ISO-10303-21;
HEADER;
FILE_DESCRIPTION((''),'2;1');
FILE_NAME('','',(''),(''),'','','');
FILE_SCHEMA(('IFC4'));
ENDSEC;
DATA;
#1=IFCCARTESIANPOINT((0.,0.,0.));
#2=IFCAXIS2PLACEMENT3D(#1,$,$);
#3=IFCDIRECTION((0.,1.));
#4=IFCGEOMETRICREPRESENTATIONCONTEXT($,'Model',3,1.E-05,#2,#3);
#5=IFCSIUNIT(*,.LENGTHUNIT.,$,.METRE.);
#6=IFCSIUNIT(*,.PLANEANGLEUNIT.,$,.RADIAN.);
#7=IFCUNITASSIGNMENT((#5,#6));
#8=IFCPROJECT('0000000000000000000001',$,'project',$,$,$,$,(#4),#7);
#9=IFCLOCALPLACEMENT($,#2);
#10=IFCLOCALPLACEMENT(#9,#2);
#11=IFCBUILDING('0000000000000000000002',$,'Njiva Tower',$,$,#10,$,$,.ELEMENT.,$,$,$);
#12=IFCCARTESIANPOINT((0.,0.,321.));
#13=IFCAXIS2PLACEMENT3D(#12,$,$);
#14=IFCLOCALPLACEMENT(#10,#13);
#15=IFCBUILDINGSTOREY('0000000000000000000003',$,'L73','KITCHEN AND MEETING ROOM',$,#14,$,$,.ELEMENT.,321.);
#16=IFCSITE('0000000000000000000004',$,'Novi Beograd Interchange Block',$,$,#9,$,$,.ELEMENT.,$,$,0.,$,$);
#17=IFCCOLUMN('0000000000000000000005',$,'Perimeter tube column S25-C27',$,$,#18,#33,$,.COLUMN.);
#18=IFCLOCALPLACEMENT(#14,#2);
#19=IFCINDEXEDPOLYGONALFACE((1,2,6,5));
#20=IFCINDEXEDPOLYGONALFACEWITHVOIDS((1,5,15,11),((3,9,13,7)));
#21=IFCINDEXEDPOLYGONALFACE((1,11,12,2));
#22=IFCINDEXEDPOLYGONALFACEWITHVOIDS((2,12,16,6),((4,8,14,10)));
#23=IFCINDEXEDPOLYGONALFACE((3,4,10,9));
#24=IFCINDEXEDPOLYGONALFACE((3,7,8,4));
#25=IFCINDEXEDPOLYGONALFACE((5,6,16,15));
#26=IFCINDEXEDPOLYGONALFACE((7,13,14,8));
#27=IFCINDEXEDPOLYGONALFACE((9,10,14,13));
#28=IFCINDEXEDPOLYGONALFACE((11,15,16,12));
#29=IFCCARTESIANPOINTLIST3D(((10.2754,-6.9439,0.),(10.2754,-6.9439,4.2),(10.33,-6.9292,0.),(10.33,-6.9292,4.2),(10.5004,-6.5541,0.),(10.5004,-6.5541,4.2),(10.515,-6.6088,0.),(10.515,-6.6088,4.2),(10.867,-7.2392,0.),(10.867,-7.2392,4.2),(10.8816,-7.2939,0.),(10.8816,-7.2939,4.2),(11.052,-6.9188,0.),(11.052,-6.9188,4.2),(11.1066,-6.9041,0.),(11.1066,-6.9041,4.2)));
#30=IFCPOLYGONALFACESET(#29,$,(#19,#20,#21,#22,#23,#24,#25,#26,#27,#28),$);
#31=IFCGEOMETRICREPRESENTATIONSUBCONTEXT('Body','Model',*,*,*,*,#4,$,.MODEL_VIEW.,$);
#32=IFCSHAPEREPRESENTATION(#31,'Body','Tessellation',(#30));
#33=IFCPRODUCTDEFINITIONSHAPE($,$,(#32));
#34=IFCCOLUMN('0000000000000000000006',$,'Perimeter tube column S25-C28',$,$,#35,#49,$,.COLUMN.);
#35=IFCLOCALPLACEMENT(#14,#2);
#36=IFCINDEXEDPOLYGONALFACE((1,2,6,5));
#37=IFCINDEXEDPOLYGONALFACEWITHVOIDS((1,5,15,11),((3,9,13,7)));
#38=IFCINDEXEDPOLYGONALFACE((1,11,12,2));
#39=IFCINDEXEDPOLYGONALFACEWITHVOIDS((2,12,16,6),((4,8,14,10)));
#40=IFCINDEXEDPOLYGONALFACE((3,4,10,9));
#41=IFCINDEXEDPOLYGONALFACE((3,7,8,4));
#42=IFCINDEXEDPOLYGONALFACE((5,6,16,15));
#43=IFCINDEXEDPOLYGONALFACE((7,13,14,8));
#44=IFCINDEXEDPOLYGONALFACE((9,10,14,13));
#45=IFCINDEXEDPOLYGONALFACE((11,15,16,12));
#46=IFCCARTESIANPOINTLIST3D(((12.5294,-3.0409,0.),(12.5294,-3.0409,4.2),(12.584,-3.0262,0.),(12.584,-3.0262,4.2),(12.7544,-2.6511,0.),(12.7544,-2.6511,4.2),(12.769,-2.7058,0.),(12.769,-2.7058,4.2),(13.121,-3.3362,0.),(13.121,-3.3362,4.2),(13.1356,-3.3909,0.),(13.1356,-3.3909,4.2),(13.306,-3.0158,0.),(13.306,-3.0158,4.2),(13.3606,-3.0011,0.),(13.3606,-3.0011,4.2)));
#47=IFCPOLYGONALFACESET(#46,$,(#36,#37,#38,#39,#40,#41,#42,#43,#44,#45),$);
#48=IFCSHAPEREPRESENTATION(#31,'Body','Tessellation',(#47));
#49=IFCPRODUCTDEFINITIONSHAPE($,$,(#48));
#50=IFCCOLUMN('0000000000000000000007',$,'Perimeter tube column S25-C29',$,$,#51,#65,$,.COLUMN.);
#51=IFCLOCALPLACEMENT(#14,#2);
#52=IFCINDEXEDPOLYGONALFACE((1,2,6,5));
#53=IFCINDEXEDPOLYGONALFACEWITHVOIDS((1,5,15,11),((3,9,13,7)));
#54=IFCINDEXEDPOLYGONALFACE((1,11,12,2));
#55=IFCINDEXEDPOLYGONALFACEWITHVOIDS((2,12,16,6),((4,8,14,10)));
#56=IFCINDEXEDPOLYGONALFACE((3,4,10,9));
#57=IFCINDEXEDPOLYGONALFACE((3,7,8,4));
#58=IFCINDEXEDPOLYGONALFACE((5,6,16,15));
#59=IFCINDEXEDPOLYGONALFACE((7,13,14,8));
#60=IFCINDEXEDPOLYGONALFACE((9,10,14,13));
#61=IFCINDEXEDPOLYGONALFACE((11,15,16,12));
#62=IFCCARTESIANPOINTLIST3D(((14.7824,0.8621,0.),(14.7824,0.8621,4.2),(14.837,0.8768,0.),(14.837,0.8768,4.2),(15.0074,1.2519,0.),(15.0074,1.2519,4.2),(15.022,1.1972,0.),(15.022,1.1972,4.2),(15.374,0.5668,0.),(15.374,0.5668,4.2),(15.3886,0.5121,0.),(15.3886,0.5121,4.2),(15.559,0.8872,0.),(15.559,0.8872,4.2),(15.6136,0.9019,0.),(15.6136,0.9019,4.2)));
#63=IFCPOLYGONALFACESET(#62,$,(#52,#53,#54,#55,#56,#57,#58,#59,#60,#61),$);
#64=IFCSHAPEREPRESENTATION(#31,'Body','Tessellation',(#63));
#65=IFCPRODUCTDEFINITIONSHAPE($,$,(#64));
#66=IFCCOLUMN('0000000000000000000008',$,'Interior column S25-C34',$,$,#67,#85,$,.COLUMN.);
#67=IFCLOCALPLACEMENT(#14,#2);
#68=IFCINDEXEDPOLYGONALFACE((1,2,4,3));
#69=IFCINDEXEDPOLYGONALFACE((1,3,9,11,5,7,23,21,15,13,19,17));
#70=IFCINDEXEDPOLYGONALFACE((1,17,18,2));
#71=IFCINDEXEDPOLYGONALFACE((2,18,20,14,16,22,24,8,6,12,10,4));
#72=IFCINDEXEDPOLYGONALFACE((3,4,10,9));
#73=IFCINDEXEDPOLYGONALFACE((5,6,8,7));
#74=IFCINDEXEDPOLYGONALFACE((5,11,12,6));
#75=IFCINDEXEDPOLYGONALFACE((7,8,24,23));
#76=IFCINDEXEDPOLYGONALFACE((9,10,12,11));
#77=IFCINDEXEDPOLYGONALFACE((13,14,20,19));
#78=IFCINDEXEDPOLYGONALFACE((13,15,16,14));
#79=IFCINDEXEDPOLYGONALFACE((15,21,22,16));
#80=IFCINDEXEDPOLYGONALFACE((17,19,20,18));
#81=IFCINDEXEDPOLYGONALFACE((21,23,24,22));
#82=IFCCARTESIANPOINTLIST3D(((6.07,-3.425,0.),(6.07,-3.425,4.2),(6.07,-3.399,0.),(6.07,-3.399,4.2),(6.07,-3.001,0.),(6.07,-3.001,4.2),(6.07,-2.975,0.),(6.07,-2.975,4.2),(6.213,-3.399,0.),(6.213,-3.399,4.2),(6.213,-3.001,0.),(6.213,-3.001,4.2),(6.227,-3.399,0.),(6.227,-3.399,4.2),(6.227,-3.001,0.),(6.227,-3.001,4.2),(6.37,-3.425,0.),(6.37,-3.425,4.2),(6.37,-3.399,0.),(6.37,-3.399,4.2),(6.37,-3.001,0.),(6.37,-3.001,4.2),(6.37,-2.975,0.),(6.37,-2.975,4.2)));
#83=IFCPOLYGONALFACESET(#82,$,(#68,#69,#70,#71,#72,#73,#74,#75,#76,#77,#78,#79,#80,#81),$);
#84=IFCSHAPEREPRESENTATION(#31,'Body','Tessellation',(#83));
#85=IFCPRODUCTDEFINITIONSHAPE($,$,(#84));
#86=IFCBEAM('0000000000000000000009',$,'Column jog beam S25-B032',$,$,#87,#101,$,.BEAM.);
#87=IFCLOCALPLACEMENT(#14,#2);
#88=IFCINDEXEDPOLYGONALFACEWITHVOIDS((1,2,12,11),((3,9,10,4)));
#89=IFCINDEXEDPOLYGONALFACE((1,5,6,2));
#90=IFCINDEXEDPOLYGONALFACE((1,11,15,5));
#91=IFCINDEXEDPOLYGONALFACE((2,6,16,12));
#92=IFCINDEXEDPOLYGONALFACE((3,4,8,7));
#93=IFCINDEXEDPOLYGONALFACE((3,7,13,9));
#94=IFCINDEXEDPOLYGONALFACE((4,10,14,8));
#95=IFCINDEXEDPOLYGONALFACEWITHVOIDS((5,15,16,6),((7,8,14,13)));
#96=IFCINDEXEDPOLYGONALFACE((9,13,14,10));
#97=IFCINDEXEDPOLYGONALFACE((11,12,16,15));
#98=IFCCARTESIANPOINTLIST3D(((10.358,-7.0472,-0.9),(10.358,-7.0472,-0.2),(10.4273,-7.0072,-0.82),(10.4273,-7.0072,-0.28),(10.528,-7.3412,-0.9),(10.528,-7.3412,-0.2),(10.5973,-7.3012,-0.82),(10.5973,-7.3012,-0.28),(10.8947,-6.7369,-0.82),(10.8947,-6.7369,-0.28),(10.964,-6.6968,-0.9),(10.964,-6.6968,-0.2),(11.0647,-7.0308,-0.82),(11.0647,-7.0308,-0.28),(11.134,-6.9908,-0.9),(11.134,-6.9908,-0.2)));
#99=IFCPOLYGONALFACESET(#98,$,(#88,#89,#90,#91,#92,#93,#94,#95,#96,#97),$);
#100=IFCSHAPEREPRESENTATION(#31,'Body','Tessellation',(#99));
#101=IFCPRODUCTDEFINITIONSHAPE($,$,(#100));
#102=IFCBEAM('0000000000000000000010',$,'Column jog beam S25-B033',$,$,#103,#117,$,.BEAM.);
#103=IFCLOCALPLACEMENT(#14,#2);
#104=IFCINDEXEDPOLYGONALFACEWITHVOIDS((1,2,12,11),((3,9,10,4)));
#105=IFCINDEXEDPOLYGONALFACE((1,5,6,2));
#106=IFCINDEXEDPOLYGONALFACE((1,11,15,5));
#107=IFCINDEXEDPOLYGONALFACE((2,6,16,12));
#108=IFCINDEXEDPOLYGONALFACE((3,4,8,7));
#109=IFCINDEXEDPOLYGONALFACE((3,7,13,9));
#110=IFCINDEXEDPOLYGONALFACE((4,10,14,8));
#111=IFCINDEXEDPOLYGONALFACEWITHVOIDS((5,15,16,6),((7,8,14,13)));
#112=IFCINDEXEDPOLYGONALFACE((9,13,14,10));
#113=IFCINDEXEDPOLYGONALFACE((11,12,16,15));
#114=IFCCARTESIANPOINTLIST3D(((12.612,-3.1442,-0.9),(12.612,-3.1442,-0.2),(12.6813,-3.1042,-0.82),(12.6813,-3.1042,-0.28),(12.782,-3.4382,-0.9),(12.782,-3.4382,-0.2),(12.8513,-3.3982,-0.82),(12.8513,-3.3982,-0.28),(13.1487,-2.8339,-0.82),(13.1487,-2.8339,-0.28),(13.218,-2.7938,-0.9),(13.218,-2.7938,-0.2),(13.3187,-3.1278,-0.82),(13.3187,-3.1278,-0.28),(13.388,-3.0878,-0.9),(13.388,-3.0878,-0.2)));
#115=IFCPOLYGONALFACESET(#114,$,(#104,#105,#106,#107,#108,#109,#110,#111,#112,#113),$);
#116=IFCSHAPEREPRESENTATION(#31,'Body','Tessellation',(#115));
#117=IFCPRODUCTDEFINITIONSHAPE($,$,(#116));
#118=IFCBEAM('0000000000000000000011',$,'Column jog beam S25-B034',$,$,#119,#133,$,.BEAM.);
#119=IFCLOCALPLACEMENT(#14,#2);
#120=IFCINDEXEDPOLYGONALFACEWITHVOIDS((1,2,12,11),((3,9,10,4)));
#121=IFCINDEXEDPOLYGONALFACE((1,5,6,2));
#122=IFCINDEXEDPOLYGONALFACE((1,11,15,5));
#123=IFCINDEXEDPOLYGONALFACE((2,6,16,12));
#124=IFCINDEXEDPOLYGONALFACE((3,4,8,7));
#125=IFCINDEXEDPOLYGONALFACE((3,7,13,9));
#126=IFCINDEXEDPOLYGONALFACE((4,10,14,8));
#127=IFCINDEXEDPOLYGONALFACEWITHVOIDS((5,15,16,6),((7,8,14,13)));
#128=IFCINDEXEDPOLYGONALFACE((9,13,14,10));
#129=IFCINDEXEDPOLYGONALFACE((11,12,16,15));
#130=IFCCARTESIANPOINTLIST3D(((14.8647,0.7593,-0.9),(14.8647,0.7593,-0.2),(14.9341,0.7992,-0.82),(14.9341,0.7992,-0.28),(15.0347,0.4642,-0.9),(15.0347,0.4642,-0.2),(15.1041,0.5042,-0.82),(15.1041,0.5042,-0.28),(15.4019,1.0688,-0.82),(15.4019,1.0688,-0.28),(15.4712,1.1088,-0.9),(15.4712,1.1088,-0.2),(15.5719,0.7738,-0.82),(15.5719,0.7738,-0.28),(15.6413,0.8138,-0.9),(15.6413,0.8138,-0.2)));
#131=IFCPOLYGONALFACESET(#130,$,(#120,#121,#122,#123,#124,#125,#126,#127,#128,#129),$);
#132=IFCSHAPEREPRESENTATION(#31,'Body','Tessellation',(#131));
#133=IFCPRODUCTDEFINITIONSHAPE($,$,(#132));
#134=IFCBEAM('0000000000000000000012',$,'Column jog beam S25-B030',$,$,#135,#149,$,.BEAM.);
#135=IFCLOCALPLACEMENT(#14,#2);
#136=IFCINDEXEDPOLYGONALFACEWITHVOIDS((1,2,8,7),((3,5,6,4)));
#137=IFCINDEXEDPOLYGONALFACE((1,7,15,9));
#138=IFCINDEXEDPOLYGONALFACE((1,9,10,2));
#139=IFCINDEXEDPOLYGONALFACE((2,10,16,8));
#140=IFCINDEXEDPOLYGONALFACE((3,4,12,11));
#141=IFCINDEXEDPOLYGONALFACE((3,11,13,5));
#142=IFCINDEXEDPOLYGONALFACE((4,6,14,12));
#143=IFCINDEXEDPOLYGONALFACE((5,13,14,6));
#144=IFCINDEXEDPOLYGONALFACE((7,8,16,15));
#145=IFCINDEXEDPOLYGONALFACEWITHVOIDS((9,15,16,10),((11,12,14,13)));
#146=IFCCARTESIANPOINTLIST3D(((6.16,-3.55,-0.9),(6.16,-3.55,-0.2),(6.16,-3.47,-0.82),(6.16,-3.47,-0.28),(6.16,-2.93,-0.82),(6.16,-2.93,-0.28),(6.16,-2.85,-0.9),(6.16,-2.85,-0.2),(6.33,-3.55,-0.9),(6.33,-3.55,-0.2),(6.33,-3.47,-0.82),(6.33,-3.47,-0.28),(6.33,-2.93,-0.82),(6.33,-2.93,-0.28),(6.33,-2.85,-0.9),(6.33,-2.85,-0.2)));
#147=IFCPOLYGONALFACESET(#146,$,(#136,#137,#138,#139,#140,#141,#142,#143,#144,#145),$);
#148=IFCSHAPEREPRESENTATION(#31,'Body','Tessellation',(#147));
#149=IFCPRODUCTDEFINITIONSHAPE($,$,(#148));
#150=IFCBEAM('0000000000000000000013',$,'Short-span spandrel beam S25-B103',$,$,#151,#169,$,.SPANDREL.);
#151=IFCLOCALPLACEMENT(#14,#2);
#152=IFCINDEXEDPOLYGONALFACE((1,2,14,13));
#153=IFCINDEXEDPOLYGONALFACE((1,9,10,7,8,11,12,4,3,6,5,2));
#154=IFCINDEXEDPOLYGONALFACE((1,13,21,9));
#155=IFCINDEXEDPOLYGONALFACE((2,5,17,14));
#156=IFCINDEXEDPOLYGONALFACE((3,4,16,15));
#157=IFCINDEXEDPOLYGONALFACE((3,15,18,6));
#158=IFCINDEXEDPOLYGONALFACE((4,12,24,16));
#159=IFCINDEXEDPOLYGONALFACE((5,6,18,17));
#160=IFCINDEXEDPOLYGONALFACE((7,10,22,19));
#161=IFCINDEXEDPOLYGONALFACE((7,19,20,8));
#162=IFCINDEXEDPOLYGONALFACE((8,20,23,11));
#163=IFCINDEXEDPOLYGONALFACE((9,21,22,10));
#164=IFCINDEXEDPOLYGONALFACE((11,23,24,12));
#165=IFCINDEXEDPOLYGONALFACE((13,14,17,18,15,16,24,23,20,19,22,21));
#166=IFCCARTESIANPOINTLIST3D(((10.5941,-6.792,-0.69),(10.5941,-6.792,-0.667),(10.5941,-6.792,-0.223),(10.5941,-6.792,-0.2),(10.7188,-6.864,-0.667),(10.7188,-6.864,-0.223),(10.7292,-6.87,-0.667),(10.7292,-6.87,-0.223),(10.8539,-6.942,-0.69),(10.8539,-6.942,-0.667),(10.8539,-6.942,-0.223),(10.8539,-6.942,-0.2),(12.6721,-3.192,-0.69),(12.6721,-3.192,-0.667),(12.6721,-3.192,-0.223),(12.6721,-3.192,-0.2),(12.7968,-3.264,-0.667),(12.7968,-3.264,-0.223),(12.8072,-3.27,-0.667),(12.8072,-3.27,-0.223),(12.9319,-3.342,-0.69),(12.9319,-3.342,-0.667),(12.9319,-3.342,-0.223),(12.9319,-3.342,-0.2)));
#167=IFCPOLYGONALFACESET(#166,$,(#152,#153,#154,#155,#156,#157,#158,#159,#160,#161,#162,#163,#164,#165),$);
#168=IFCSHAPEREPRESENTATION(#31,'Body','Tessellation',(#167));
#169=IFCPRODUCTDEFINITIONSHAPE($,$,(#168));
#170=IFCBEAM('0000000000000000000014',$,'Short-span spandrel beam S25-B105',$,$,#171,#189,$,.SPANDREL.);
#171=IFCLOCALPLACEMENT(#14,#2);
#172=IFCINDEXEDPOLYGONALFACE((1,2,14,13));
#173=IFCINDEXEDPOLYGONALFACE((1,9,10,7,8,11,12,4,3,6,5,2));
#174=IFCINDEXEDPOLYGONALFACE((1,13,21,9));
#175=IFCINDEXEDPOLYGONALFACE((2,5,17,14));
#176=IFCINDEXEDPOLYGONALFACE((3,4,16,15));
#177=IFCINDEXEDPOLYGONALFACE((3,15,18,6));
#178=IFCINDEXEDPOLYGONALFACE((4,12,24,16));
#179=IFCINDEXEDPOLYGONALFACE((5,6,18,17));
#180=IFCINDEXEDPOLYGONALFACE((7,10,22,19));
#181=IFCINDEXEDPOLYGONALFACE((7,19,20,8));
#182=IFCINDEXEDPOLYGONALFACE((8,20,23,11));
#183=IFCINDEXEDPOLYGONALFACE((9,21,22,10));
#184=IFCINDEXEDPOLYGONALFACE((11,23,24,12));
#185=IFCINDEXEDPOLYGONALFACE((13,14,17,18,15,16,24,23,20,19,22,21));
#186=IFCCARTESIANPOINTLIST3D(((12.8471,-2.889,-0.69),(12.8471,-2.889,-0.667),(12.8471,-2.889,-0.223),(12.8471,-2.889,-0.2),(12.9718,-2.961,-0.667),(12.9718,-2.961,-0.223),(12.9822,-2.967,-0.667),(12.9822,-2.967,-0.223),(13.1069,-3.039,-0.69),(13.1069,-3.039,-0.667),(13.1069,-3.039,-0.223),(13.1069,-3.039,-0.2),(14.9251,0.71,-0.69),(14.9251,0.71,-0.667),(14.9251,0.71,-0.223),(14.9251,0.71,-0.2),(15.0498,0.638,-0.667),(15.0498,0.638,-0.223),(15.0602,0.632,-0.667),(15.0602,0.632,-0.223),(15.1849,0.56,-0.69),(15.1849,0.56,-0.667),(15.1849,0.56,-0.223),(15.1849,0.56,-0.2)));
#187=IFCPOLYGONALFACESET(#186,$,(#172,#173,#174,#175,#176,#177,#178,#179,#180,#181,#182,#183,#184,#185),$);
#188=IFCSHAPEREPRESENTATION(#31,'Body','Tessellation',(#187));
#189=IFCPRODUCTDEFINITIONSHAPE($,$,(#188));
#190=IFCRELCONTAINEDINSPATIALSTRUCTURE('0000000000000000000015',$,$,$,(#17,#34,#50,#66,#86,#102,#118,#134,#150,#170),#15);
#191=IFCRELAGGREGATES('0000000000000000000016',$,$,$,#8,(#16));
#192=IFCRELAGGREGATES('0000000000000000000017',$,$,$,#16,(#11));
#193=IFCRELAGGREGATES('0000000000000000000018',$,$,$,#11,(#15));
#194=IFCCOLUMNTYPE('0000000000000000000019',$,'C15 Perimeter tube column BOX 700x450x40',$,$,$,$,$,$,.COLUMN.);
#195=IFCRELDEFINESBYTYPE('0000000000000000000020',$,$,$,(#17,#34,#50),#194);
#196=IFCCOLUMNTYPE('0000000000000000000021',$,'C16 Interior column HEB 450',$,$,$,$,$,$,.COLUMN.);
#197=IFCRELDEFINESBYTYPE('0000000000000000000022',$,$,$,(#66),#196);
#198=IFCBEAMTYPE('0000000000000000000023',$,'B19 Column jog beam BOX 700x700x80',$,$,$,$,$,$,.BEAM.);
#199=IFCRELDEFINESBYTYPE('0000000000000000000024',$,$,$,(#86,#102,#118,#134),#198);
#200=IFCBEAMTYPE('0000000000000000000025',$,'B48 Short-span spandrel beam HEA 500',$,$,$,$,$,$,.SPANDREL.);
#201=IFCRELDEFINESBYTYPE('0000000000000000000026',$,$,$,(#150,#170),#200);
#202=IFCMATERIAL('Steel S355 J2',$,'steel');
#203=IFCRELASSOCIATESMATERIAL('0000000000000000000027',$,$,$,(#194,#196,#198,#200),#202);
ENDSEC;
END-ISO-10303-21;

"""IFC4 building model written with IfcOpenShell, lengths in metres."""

from ifc_helpers import new_model, si_unit, direction, frame, origin, origin_2d, place, context, subcontext, project, spatial, hollow_rectangle, i_section, extrude, material, material_profile, profile_set, type_object, element, save


model = new_model("IFC4")

# Units and contexts
model_context = context("Model", 3, precision=1e-05, world=origin(), true_north=direction((0.0, 1.0)))
body_context = subcontext(model_context, "Body", "Model", "MODEL_VIEW")
ifc_project = project(units=[si_unit("LENGTHUNIT", "METRE"), si_unit("PLANEANGLEUNIT", "RADIAN")], contexts=[model_context])

# Site, building, storey
site_placement = place(None, origin())
site = spatial("IfcSite", under=ifc_project, at=site_placement, Name="Novi Beograd Interchange Block", CompositionType="ELEMENT", RefElevation=0.0)
building_placement = place(site_placement, origin())
building = spatial("IfcBuilding", under=site, at=building_placement, Name="Njiva Tower", CompositionType="ELEMENT")
storey_placement = place(building_placement, frame((0.0, 0.0, 321.0)))
storey = spatial("IfcBuildingStorey", under=building, at=storey_placement, Name="L73", Description="KITCHEN AND MEETING ROOM", CompositionType="ELEMENT", Elevation=321.0)

# Columns
ifc_material_1 = material(Name="Steel S355 J2", Category="steel")
ifc_material_profile_1 = material_profile(ifc_material_1, hollow_rectangle(XDim=0.45, YDim=0.7, WallThickness=0.04, at=origin_2d()), Name="BOX 700x450x40")
ifc_profile_set_1 = profile_set([ifc_material_profile_1], Name="Steel S355 J2")
column_type_1 = type_object("IfcColumnType", Name="C15 Perimeter tube column BOX 700x450x40", PredefinedType="COLUMN", material=ifc_profile_set_1)
for number, where, z_axis, x_axis, name in (
    (1, (10.691, -6.924, 0.0), (0.0, 0.0, 1.0), (0.5, 0.866025, 0.0), "Perimeter tube column S25-C27"),
    (2, (12.945, -3.021, 0.0), (0.0, 0.0, 1.0), (0.5, 0.866025, 0.0), "Perimeter tube column S25-C28"),
    (3, (15.198, 0.882, 0.0), (0.0, 0.0, 1.0), (0.5, 0.866025, 0.0), "Perimeter tube column S25-C29"),
):
    element("IfcColumn", number, at=place(storey_placement, frame(where, z_axis=z_axis, x_axis=x_axis)), inside=storey, type_object=column_type_1, Name=name, PredefinedType="COLUMN", context=body_context, shape_type="SweptSolid", body=[
        extrude(hollow_rectangle(XDim=0.45, YDim=0.7, WallThickness=0.04, at=origin_2d()), origin(), (0.0, 0.0, 1.0), 4.2),
    ])
ifc_material_profile_2 = material_profile(ifc_material_1, i_section(OverallWidth=0.3, OverallDepth=0.45, WebThickness=0.014, FlangeThickness=0.026, at=origin_2d()), Name="HEB 450")
ifc_profile_set_2 = profile_set([ifc_material_profile_2], Name="Steel S355 J2")
column_type_2 = type_object("IfcColumnType", Name="C16 Interior column HEB 450", PredefinedType="COLUMN", material=ifc_profile_set_2)
column_placement = place(storey_placement, frame((6.22, -3.2, 0.0), z_axis=(0.0, 0.0, 1.0), x_axis=(1.0, 0.0, 0.0)))
element("IfcColumn", 4, at=column_placement, inside=storey, type_object=column_type_2, Name="Interior column S25-C34", PredefinedType="COLUMN", context=body_context, shape_type="SweptSolid", body=[
    extrude(i_section(OverallWidth=0.3, OverallDepth=0.45, WebThickness=0.014, FlangeThickness=0.026, at=origin_2d()), origin(), (0.0, 0.0, 1.0), 4.2),
])

# Beams
ifc_material_profile_3 = material_profile(ifc_material_1, hollow_rectangle(XDim=0.7, YDim=0.7, WallThickness=0.08, at=origin_2d()), Name="BOX 700x700x80")
ifc_profile_set_3 = profile_set([ifc_material_profile_3], Name="Steel S355 J2")
beam_type_1 = type_object("IfcBeamType", Name="B19 Column jog beam BOX 700x700x80", PredefinedType="BEAM", material=ifc_profile_set_3)
for number, where, z_axis, x_axis, name in (
    (5, (10.831, -7.166, -0.55), (-0.500572, 0.865695, 0.0), (-0.865695, -0.500572, 0.0), "Column jog beam S25-B032"),
    (6, (13.085, -3.263, -0.55), (-0.500572, 0.865695, 0.0), (-0.865695, -0.500572, 0.0), "Column jog beam S25-B033"),
):
    element("IfcBeam", number, at=place(storey_placement, frame(where, z_axis=z_axis, x_axis=x_axis)), inside=storey, type_object=beam_type_1, Name=name, PredefinedType="BEAM", context=body_context, shape_type="SweptSolid", body=[
        extrude(hollow_rectangle(XDim=0.7, YDim=0.7, WallThickness=0.08, at=origin_2d()), origin(), (0.0, 0.0, 1.0), 0.3396),
    ])
beam_1_placement = place(storey_placement, frame((15.338, 0.639, -0.55), z_axis=(-0.499299, 0.86643, 0.0), x_axis=(-0.86643, -0.499299, 0.0)))
element("IfcBeam", 7, at=beam_1_placement, inside=storey, type_object=beam_type_1, Name="Column jog beam S25-B034", PredefinedType="BEAM", context=body_context, shape_type="SweptSolid", body=[
    extrude(hollow_rectangle(XDim=0.7, YDim=0.7, WallThickness=0.08, at=origin_2d()), origin(), (0.0, 0.0, 1.0), 0.3405),
])
beam_2_placement = place(storey_placement, frame((6.33, -3.2, -0.55), z_axis=(-1.0, 0.0, 0.0), x_axis=(0.0, -1.0, 0.0)))
element("IfcBeam", 8, at=beam_2_placement, inside=storey, type_object=beam_type_1, Name="Column jog beam S25-B030", PredefinedType="BEAM", context=body_context, shape_type="SweptSolid", body=[
    extrude(hollow_rectangle(XDim=0.7, YDim=0.7, WallThickness=0.08, at=origin_2d()), origin(), (0.0, 0.0, 1.0), 0.17),
])
ifc_material_profile_4 = material_profile(ifc_material_1, i_section(OverallWidth=0.3, OverallDepth=0.49, WebThickness=0.012, FlangeThickness=0.023, at=origin_2d()), Name="HEA 500")
ifc_profile_set_4 = profile_set([ifc_material_profile_4], Name="Steel S355 J2")
beam_type_2 = type_object("IfcBeamType", Name="B48 Short-span spandrel beam HEA 500", PredefinedType="SPANDREL", material=ifc_profile_set_4)
beam_3_placement = place(storey_placement, frame((10.724, -6.867, -0.445), z_axis=(0.499917, 0.866073, 0.0), x_axis=(-0.866073, 0.499917, 0.0)))
element("IfcBeam", 9, at=beam_3_placement, inside=storey, type_object=beam_type_2, Name="Short-span spandrel beam S25-B103", PredefinedType="SPANDREL", context=body_context, shape_type="SweptSolid", body=[
    extrude(i_section(OverallWidth=0.3, OverallDepth=0.49, WebThickness=0.012, FlangeThickness=0.023, at=origin_2d()), origin(), (0.0, 0.0, 1.0), 4.1567),
])
beam_4_placement = place(storey_placement, frame((12.977, -2.964, -0.445), z_axis=(0.500021, 0.866013, 0.0), x_axis=(-0.866013, 0.500021, 0.0)))
element("IfcBeam", 10, at=beam_4_placement, inside=storey, type_object=beam_type_2, Name="Short-span spandrel beam S25-B105", PredefinedType="SPANDREL", context=body_context, shape_type="SweptSolid", body=[
    extrude(i_section(OverallWidth=0.3, OverallDepth=0.49, WebThickness=0.012, FlangeThickness=0.023, at=origin_2d()), origin(), (0.0, 0.0, 1.0), 4.1558),
])

save(model, "model.ifc")
